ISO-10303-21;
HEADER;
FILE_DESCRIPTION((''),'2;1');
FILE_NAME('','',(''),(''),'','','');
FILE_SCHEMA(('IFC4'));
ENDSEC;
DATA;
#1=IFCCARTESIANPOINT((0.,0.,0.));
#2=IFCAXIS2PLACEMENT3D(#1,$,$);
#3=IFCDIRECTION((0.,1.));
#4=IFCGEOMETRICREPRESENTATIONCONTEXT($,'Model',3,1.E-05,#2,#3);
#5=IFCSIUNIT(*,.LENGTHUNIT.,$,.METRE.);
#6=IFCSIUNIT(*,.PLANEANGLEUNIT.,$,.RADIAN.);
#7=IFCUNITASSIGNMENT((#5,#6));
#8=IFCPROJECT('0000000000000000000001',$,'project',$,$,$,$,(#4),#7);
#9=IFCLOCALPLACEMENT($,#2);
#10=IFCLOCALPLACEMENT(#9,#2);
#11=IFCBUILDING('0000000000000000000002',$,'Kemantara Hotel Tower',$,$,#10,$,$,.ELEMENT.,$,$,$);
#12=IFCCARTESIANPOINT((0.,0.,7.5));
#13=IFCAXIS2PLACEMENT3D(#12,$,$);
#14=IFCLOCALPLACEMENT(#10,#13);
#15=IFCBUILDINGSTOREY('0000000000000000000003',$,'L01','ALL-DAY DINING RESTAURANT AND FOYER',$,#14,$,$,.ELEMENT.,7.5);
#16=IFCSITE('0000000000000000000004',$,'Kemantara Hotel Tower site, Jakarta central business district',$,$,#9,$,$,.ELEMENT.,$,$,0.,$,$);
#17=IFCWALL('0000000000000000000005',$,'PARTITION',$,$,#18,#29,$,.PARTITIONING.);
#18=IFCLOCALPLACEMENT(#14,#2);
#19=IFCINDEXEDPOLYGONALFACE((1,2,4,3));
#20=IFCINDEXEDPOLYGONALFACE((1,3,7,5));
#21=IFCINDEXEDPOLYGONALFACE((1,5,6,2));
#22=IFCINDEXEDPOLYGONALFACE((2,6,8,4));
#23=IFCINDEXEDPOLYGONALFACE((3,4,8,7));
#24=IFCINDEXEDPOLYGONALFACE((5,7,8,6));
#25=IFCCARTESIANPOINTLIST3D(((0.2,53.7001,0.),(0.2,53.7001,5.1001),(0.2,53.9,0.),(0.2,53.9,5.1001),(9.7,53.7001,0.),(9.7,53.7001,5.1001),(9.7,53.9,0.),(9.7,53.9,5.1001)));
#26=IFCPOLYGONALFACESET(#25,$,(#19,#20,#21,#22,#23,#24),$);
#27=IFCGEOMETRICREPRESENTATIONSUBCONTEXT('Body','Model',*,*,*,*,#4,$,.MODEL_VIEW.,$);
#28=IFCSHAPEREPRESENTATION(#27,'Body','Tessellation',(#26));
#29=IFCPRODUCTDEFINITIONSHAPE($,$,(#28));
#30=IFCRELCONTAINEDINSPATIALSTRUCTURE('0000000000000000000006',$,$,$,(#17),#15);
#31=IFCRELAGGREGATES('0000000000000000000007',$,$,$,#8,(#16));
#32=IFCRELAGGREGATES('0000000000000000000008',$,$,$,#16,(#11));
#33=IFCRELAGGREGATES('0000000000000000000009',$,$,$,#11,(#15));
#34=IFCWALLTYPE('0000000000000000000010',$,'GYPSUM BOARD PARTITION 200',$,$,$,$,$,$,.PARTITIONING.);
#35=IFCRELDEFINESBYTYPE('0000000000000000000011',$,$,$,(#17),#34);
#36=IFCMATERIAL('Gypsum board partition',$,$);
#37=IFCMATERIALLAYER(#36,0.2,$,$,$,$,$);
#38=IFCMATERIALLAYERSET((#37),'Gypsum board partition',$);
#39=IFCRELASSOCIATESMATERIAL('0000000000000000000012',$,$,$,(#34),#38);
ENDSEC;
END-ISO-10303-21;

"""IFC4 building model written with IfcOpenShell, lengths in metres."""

from ifc_helpers import new_model, si_unit, direction, frame, frame_2d, origin, place, context, subcontext, project, spatial, rectangle, extrude, material, layer, layer_set, type_object, element, save


model = new_model("IFC4")

# Units and contexts
model_context = context("Model", 3, precision=1e-05, world=origin(), true_north=direction((0.0, 1.0)))
body_context = subcontext(model_context, "Body", "Model", "MODEL_VIEW")
ifc_project = project(units=[si_unit("LENGTHUNIT", "METRE"), si_unit("PLANEANGLEUNIT", "RADIAN")], contexts=[model_context])

# Site, building, storey
site_placement = place(None, origin())
site = spatial("IfcSite", under=ifc_project, at=site_placement, Name="Kemantara Hotel Tower site, Jakarta central business district", CompositionType="ELEMENT", RefElevation=0.0)
building_placement = place(site_placement, origin())
building = spatial("IfcBuilding", under=site, at=building_placement, Name="Kemantara Hotel Tower", CompositionType="ELEMENT")
storey_placement = place(building_placement, frame((0.0, 0.0, 7.5)))
storey = spatial("IfcBuildingStorey", under=building, at=storey_placement, Name="L01", Description="ALL-DAY DINING RESTAURANT AND FOYER", CompositionType="ELEMENT", Elevation=7.5)

# Shared definitions
ifc_material_1 = material(Name="Gypsum board partition")
ifc_layer_1 = layer(ifc_material_1, 0.2)
ifc_layer_set_1 = layer_set([ifc_layer_1], Name="Gypsum board partition")
wall_type = type_object("IfcWallType", Name="GYPSUM BOARD PARTITION 200", PredefinedType="PARTITIONING", material=ifc_layer_set_1)

# Wall
for number, where, z_axis, x_axis, name in (
    (1, (0.2, 53.8, 0.0), (0.0, 0.0, 1.0), (1.0, 0.0, 0.0), "PARTITION"),
):
    element("IfcWall", number, at=place(storey_placement, frame(where, z_axis=z_axis, x_axis=x_axis)), inside=storey, type_object=wall_type, Name=name, PredefinedType="PARTITIONING", context=body_context, shape_type="SweptSolid", body=[
        extrude(rectangle(XDim=9.5, YDim=0.2, at=frame_2d((4.75, 0.0))), origin(), (0.0, 0.0, 1.0), 5.1001),
    ])

save(model, "model.ifc")
